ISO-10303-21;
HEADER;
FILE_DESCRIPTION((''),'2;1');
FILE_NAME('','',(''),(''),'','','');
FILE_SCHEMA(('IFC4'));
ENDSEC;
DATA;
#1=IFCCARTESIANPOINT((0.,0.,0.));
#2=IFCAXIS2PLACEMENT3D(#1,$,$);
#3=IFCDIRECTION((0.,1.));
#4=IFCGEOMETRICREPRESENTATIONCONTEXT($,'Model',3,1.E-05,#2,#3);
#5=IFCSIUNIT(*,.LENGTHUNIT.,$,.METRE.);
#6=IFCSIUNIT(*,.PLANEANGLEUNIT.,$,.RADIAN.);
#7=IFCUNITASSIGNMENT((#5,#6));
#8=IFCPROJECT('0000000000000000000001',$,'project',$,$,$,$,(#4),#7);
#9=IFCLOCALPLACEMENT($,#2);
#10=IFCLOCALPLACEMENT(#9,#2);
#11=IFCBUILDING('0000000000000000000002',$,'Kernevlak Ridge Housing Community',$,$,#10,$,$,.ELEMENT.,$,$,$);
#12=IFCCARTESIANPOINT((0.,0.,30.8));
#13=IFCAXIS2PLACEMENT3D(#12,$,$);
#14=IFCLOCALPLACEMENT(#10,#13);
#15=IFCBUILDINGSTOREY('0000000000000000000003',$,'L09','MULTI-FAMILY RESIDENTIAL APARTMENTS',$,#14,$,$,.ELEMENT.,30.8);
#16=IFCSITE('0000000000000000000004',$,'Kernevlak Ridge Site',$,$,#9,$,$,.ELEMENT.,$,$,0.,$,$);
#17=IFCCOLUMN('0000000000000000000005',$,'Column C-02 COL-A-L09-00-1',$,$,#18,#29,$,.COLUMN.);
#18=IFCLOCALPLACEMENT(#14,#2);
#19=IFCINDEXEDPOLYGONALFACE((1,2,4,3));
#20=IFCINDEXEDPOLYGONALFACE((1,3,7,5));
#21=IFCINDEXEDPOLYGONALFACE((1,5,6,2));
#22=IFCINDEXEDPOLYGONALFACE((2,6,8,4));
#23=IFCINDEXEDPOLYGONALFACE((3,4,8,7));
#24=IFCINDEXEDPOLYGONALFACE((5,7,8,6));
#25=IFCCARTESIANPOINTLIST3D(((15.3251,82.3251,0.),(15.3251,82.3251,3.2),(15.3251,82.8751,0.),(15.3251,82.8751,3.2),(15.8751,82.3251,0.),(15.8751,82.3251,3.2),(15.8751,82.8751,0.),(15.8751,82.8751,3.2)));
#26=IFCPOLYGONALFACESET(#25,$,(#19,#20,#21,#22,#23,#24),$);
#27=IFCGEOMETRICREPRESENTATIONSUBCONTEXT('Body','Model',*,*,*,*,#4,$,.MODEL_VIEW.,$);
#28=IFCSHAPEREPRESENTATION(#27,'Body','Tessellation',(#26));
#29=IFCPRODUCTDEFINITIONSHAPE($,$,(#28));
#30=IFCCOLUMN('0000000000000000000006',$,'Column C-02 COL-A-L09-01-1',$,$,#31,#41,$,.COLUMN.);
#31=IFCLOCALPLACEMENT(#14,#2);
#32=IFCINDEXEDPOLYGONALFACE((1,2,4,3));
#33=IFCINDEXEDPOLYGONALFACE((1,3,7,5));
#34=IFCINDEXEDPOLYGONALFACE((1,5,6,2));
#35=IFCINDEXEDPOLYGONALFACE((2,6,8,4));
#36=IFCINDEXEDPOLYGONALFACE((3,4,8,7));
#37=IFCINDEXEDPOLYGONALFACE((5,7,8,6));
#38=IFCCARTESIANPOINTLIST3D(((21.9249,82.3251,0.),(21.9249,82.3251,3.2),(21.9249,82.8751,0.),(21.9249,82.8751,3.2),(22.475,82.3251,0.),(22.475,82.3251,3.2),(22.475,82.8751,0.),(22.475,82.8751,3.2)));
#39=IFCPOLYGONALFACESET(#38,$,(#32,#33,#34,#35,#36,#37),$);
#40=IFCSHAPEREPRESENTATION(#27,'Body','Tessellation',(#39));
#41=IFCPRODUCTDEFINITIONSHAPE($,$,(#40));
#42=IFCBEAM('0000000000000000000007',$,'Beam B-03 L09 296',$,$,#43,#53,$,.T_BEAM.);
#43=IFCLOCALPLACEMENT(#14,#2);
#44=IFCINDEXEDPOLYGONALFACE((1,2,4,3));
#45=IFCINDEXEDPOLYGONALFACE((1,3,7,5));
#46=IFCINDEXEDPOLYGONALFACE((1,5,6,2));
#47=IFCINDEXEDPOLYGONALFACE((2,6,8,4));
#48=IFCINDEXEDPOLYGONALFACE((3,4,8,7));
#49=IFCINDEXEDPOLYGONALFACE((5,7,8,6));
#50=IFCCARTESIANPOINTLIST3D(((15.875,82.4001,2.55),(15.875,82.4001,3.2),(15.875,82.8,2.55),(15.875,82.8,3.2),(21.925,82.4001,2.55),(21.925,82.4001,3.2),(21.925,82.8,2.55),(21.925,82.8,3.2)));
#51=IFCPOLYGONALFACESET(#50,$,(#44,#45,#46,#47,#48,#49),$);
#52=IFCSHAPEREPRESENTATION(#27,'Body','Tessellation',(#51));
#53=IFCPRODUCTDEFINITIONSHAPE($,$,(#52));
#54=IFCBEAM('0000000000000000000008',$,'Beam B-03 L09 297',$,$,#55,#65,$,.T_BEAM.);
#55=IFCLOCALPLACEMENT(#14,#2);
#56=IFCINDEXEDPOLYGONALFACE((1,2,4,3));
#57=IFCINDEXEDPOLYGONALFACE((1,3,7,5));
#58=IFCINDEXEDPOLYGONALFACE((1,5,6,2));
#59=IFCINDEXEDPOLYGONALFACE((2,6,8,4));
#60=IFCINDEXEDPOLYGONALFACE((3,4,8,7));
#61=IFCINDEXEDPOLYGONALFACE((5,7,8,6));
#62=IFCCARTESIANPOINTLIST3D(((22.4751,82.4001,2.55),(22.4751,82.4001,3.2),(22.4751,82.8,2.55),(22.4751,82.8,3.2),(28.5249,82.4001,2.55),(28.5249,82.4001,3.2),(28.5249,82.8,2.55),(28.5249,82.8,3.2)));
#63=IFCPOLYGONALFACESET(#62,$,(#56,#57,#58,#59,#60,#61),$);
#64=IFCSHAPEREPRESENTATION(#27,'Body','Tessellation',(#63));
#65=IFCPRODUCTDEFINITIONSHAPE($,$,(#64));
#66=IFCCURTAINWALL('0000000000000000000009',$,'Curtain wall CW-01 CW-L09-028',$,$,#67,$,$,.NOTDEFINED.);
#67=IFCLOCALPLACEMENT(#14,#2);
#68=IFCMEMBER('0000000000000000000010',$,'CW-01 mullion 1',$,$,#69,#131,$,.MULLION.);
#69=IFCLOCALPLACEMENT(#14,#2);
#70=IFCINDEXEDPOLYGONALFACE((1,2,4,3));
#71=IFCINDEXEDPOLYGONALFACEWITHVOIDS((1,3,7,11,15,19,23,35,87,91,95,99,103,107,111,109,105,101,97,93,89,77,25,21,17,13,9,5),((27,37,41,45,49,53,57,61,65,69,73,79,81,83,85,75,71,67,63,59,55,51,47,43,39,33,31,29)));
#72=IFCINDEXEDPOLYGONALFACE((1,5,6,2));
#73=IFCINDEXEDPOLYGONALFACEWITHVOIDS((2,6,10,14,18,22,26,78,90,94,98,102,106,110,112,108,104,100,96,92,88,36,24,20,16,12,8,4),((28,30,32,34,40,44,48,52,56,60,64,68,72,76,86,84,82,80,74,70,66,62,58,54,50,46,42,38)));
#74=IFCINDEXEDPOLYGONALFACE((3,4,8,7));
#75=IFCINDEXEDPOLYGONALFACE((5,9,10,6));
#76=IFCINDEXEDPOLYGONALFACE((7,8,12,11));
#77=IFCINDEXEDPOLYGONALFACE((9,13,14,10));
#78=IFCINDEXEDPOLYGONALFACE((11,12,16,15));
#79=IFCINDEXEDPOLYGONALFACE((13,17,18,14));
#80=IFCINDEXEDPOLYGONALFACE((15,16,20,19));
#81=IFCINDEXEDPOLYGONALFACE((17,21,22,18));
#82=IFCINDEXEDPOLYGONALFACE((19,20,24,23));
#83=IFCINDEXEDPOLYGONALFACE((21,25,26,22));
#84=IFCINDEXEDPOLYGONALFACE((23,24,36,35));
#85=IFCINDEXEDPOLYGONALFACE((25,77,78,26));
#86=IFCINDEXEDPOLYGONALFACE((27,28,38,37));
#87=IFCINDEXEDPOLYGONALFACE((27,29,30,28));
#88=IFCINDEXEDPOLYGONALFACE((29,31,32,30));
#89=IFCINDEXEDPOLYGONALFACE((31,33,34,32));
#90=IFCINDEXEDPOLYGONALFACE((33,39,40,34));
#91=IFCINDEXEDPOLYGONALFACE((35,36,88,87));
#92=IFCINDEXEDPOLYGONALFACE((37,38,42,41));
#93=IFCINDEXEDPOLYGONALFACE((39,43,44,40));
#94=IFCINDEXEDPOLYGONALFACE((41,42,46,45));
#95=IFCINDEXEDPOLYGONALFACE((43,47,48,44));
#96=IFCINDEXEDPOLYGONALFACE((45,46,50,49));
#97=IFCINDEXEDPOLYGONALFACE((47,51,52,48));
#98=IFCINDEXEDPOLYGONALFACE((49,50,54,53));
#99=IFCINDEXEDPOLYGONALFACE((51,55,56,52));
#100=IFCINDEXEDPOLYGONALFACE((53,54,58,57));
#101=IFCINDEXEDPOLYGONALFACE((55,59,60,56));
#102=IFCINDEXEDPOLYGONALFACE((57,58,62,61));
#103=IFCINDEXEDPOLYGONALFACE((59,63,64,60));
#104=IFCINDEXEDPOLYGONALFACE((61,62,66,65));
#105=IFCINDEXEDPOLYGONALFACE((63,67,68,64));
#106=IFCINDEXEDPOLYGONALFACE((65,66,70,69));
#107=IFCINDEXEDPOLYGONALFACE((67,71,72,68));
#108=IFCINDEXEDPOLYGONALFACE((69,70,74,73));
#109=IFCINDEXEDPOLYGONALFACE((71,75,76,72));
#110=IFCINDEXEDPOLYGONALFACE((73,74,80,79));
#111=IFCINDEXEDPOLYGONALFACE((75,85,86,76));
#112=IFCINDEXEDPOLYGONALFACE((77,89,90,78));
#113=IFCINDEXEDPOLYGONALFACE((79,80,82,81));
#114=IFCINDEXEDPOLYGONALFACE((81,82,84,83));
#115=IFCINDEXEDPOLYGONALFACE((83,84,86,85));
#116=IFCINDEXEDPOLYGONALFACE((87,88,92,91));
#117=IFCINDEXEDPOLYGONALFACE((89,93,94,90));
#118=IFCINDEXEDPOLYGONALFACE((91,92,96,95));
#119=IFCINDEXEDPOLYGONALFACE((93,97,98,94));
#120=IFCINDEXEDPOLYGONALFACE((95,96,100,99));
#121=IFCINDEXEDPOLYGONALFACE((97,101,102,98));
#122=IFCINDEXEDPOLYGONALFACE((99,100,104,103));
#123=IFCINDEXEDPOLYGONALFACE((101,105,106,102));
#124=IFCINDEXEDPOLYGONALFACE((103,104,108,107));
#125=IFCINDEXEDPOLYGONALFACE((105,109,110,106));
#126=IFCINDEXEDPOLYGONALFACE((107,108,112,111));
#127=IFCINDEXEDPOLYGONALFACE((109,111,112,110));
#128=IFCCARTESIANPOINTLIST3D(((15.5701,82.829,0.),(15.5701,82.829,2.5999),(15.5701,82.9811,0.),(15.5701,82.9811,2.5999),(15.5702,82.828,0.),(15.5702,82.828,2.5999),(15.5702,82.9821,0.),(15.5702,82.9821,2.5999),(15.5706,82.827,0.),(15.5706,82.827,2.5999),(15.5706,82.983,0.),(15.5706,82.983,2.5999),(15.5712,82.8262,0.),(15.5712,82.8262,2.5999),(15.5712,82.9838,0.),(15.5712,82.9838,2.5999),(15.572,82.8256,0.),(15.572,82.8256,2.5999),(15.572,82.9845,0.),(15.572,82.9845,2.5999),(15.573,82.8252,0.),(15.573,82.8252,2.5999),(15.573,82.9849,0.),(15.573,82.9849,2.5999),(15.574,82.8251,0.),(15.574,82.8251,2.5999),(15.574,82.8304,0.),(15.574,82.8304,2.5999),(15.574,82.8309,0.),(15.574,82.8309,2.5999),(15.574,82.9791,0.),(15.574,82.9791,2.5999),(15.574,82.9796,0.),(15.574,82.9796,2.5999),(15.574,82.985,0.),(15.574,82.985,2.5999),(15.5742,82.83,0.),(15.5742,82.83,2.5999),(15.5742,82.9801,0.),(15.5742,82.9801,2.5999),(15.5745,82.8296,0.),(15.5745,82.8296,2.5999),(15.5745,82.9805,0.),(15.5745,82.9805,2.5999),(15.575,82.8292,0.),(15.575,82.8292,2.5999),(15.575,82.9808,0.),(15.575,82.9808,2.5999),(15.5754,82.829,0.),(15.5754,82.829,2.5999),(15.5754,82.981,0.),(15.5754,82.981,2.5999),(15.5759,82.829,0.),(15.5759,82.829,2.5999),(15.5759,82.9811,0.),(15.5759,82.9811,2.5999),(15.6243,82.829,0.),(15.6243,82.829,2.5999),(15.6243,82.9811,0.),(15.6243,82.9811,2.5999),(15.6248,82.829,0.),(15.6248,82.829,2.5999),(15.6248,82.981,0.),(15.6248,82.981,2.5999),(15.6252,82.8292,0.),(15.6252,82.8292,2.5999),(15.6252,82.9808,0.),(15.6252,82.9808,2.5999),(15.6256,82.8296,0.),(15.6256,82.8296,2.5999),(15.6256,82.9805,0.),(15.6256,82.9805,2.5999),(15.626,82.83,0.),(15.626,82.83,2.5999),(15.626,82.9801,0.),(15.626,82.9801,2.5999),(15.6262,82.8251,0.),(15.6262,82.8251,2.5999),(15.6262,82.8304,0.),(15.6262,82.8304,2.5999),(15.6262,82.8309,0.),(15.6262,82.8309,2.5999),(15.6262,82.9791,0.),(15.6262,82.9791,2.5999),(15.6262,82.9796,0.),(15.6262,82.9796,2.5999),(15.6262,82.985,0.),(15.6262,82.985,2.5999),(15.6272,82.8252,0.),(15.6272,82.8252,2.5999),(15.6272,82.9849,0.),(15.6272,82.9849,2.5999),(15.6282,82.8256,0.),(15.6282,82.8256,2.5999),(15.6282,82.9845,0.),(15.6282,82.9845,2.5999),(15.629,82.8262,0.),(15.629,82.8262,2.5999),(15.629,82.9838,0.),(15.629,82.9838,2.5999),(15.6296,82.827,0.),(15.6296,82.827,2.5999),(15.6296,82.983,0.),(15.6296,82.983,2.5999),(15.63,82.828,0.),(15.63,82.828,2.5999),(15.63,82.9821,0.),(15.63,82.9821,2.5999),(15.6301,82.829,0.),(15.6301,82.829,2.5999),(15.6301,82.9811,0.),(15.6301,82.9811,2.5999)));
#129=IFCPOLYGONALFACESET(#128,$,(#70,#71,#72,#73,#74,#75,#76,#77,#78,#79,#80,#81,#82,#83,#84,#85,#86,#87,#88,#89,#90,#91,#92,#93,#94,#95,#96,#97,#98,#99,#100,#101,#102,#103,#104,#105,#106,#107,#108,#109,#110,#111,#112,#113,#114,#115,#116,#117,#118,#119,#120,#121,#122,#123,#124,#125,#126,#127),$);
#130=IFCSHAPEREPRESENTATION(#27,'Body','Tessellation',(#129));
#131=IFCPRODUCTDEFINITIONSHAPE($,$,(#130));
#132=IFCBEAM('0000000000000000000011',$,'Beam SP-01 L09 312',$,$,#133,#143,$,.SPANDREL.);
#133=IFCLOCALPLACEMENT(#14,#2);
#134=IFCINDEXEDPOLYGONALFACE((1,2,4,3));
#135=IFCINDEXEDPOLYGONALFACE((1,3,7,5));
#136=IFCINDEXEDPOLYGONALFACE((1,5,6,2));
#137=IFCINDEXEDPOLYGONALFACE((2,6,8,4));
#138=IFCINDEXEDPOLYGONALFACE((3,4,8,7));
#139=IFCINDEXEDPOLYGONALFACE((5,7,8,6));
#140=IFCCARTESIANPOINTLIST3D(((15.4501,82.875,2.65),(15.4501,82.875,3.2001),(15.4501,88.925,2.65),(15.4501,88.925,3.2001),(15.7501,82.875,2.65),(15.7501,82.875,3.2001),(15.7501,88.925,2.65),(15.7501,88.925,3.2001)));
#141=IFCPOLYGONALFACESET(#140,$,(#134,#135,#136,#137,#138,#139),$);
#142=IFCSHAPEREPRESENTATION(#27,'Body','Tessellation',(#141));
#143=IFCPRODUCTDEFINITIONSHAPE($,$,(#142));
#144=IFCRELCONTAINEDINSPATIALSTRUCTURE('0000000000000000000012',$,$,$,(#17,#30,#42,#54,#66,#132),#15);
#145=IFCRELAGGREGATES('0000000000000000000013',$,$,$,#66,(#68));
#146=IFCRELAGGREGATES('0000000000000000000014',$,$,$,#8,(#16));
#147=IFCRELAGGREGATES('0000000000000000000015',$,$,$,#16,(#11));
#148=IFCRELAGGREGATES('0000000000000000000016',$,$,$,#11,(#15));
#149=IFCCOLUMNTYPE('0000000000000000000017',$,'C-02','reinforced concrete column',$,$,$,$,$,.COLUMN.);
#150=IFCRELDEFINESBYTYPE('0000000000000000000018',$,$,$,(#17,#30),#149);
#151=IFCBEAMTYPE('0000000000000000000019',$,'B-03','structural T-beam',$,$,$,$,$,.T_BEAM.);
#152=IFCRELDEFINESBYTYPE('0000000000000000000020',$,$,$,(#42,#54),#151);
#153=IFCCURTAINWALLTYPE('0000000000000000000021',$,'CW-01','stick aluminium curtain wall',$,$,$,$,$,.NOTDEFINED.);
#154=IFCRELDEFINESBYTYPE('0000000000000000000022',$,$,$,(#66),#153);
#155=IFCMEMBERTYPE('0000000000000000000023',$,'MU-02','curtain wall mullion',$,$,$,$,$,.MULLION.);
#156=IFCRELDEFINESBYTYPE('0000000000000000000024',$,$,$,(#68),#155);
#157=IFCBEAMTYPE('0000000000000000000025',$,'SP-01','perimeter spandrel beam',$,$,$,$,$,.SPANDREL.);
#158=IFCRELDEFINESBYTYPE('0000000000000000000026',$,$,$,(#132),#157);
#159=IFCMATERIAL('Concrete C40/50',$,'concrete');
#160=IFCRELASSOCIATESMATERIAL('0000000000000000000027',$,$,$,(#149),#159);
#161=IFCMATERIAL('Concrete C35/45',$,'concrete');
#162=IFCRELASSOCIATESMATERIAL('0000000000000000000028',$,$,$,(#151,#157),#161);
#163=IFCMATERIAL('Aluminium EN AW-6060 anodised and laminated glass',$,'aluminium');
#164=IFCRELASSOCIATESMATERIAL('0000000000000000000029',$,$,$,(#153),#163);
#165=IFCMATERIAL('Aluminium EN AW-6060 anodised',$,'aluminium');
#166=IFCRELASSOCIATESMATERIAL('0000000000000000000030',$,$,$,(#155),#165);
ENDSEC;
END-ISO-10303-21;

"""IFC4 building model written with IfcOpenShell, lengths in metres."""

from ifc_helpers import new_model, si_unit, direction, frame, origin, origin_2d, place, context, subcontext, project, spatial, rectangle, hollow_rectangle, extrude, material, material_profile, profile_set, type_object, element, aggregate, save


model = new_model("IFC4")

# Units and contexts
model_context = context("Model", 3, precision=1e-05, world=origin(), true_north=direction((0.0, 1.0)))
body_context = subcontext(model_context, "Body", "Model", "MODEL_VIEW")
ifc_project = project(units=[si_unit("LENGTHUNIT", "METRE"), si_unit("PLANEANGLEUNIT", "RADIAN")], contexts=[model_context])

# Site, building, storey
site_placement = place(None, origin())
site = spatial("IfcSite", under=ifc_project, at=site_placement, Name="Kernevlak Ridge Site", CompositionType="ELEMENT", RefElevation=0.0)
building_placement = place(site_placement, origin())
building = spatial("IfcBuilding", under=site, at=building_placement, Name="Kernevlak Ridge Housing Community", CompositionType="ELEMENT")
storey_placement = place(building_placement, frame((0.0, 0.0, 30.8)))
storey = spatial("IfcBuildingStorey", under=building, at=storey_placement, Name="L09", Description="MULTI-FAMILY RESIDENTIAL APARTMENTS", CompositionType="ELEMENT", Elevation=30.8)

# Columns
ifc_material_1 = material(Name="Concrete C40/50", Category="concrete")
ifc_material_profile_1 = material_profile(ifc_material_1, rectangle(XDim=0.55, YDim=0.55, at=origin_2d()), Name="RC 550x550")
ifc_profile_set_1 = profile_set([ifc_material_profile_1], Name="Concrete C40/50")
column_type = type_object("IfcColumnType", Name="C-02", Description="reinforced concrete column", PredefinedType="COLUMN", material=ifc_profile_set_1)
for number, where, z_axis, x_axis, name in (
    (1, (15.6001, 82.6001, 0.0), (0.0, 0.0, 1.0), (1.0, 0.0, 0.0), "Column C-02 COL-A-L09-00-1"),
    (2, (22.2, 82.6001, 0.0), (0.0, 0.0, 1.0), (1.0, 0.0, 0.0), "Column C-02 COL-A-L09-01-1"),
):
    element("IfcColumn", number, at=place(storey_placement, frame(where, z_axis=z_axis, x_axis=x_axis)), inside=storey, type_object=column_type, Name=name, PredefinedType="COLUMN", context=body_context, shape_type="SweptSolid", body=[
        extrude(rectangle(XDim=0.55, YDim=0.55, at=origin_2d()), origin(), (0.0, 0.0, 1.0), 3.2),
    ])

# Beams
ifc_material_2 = material(Name="Concrete C35/45", Category="concrete")
ifc_material_profile_2 = material_profile(ifc_material_2, rectangle(XDim=0.3999, YDim=0.6499, at=origin_2d()), Name="RC 400x650")
ifc_profile_set_2 = profile_set([ifc_material_profile_2], Name="Concrete C35/45")
beam_type_1 = type_object("IfcBeamType", Name="B-03", Description="structural T-beam", PredefinedType="T_BEAM", material=ifc_profile_set_2)
beam_1_placement = place(storey_placement, frame((15.875, 82.6001, 2.875), z_axis=(1.0, 0.0, 0.0), x_axis=(0.0, 1.0, 0.0)))
element("IfcBeam", 3, at=beam_1_placement, inside=storey, type_object=beam_type_1, Name="Beam B-03 L09 296", PredefinedType="T_BEAM", context=body_context, shape_type="SweptSolid", body=[
    extrude(rectangle(XDim=0.3999, YDim=0.6499, at=origin_2d()), origin(), (0.0, 0.0, 1.0), 6.05),
])
beam_2_placement = place(storey_placement, frame((22.4751, 82.6001, 2.875), z_axis=(1.0, 0.0, 0.0), x_axis=(0.0, 1.0, 0.0)))
element("IfcBeam", 4, at=beam_2_placement, inside=storey, type_object=beam_type_1, Name="Beam B-03 L09 297", PredefinedType="T_BEAM", context=body_context, shape_type="SweptSolid", body=[
    extrude(rectangle(XDim=0.3999, YDim=0.6499, at=origin_2d()), origin(), (0.0, 0.0, 1.0), 6.0498),
])

# Curtain wall, member
ifc_material_3 = material(Name="Aluminium EN AW-6060 anodised and laminated glass", Category="aluminium")
curtain_wall_type = type_object("IfcCurtainWallType", Name="CW-01", Description="stick aluminium curtain wall", PredefinedType="NOTDEFINED", material=ifc_material_3)
curtain_wall_placement = place(storey_placement, origin())
curtain_wall = element("IfcCurtainWall", 5, at=curtain_wall_placement, inside=storey, type_object=curtain_wall_type, Name="Curtain wall CW-01 CW-L09-028", PredefinedType="NOTDEFINED")
ifc_material_4 = material(Name="Aluminium EN AW-6060 anodised", Category="aluminium")
ifc_material_profile_3 = material_profile(ifc_material_4, hollow_rectangle(XDim=0.0601, YDim=0.1599, WallThickness=0.0039, InnerFilletRadius=0.002, OuterFilletRadius=0.0039, at=origin_2d()), Name="ALU 60x160x4")
ifc_profile_set_3 = profile_set([ifc_material_profile_3], Name="Aluminium EN AW-6060 anodised")
member_type_1 = type_object("IfcMemberType", Name="MU-02", Description="curtain wall mullion", PredefinedType="MULLION", material=ifc_profile_set_3)
member_1_placement = place(storey_placement, frame((15.6001, 82.905, 0.0), z_axis=(0.0, 0.0, 1.0), x_axis=(-1.0, 0.0, 0.0)))
member_1 = element("IfcMember", 6, at=member_1_placement, type_object=member_type_1, Name="CW-01 mullion 1", PredefinedType="MULLION", context=body_context, shape_type="SweptSolid", body=[
    extrude(hollow_rectangle(XDim=0.0601, YDim=0.1599, WallThickness=0.0039, InnerFilletRadius=0.002, OuterFilletRadius=0.0039, at=origin_2d()), origin(), (0.0, 0.0, 1.0), 2.5999),
])

# Beam
ifc_material_profile_4 = material_profile(ifc_material_2, rectangle(XDim=0.3, YDim=0.55, at=origin_2d()), Name="RC 300x550")
ifc_profile_set_4 = profile_set([ifc_material_profile_4], Name="Concrete C35/45")
beam_type_2 = type_object("IfcBeamType", Name="SP-01", Description="perimeter spandrel beam", PredefinedType="SPANDREL", material=ifc_profile_set_4)
beam_3_placement = place(storey_placement, frame((15.6001, 82.875, 2.925), z_axis=(0.0, 1.0, 0.0), x_axis=(-1.0, 0.0, 0.0)))
element("IfcBeam", 7, at=beam_3_placement, inside=storey, type_object=beam_type_2, Name="Beam SP-01 L09 312", PredefinedType="SPANDREL", context=body_context, shape_type="SweptSolid", body=[
    extrude(rectangle(XDim=0.3, YDim=0.55, at=origin_2d()), origin(), (0.0, 0.0, 1.0), 6.05),
])

aggregate(curtain_wall, [member_1])

save(model, "model.ifc")
